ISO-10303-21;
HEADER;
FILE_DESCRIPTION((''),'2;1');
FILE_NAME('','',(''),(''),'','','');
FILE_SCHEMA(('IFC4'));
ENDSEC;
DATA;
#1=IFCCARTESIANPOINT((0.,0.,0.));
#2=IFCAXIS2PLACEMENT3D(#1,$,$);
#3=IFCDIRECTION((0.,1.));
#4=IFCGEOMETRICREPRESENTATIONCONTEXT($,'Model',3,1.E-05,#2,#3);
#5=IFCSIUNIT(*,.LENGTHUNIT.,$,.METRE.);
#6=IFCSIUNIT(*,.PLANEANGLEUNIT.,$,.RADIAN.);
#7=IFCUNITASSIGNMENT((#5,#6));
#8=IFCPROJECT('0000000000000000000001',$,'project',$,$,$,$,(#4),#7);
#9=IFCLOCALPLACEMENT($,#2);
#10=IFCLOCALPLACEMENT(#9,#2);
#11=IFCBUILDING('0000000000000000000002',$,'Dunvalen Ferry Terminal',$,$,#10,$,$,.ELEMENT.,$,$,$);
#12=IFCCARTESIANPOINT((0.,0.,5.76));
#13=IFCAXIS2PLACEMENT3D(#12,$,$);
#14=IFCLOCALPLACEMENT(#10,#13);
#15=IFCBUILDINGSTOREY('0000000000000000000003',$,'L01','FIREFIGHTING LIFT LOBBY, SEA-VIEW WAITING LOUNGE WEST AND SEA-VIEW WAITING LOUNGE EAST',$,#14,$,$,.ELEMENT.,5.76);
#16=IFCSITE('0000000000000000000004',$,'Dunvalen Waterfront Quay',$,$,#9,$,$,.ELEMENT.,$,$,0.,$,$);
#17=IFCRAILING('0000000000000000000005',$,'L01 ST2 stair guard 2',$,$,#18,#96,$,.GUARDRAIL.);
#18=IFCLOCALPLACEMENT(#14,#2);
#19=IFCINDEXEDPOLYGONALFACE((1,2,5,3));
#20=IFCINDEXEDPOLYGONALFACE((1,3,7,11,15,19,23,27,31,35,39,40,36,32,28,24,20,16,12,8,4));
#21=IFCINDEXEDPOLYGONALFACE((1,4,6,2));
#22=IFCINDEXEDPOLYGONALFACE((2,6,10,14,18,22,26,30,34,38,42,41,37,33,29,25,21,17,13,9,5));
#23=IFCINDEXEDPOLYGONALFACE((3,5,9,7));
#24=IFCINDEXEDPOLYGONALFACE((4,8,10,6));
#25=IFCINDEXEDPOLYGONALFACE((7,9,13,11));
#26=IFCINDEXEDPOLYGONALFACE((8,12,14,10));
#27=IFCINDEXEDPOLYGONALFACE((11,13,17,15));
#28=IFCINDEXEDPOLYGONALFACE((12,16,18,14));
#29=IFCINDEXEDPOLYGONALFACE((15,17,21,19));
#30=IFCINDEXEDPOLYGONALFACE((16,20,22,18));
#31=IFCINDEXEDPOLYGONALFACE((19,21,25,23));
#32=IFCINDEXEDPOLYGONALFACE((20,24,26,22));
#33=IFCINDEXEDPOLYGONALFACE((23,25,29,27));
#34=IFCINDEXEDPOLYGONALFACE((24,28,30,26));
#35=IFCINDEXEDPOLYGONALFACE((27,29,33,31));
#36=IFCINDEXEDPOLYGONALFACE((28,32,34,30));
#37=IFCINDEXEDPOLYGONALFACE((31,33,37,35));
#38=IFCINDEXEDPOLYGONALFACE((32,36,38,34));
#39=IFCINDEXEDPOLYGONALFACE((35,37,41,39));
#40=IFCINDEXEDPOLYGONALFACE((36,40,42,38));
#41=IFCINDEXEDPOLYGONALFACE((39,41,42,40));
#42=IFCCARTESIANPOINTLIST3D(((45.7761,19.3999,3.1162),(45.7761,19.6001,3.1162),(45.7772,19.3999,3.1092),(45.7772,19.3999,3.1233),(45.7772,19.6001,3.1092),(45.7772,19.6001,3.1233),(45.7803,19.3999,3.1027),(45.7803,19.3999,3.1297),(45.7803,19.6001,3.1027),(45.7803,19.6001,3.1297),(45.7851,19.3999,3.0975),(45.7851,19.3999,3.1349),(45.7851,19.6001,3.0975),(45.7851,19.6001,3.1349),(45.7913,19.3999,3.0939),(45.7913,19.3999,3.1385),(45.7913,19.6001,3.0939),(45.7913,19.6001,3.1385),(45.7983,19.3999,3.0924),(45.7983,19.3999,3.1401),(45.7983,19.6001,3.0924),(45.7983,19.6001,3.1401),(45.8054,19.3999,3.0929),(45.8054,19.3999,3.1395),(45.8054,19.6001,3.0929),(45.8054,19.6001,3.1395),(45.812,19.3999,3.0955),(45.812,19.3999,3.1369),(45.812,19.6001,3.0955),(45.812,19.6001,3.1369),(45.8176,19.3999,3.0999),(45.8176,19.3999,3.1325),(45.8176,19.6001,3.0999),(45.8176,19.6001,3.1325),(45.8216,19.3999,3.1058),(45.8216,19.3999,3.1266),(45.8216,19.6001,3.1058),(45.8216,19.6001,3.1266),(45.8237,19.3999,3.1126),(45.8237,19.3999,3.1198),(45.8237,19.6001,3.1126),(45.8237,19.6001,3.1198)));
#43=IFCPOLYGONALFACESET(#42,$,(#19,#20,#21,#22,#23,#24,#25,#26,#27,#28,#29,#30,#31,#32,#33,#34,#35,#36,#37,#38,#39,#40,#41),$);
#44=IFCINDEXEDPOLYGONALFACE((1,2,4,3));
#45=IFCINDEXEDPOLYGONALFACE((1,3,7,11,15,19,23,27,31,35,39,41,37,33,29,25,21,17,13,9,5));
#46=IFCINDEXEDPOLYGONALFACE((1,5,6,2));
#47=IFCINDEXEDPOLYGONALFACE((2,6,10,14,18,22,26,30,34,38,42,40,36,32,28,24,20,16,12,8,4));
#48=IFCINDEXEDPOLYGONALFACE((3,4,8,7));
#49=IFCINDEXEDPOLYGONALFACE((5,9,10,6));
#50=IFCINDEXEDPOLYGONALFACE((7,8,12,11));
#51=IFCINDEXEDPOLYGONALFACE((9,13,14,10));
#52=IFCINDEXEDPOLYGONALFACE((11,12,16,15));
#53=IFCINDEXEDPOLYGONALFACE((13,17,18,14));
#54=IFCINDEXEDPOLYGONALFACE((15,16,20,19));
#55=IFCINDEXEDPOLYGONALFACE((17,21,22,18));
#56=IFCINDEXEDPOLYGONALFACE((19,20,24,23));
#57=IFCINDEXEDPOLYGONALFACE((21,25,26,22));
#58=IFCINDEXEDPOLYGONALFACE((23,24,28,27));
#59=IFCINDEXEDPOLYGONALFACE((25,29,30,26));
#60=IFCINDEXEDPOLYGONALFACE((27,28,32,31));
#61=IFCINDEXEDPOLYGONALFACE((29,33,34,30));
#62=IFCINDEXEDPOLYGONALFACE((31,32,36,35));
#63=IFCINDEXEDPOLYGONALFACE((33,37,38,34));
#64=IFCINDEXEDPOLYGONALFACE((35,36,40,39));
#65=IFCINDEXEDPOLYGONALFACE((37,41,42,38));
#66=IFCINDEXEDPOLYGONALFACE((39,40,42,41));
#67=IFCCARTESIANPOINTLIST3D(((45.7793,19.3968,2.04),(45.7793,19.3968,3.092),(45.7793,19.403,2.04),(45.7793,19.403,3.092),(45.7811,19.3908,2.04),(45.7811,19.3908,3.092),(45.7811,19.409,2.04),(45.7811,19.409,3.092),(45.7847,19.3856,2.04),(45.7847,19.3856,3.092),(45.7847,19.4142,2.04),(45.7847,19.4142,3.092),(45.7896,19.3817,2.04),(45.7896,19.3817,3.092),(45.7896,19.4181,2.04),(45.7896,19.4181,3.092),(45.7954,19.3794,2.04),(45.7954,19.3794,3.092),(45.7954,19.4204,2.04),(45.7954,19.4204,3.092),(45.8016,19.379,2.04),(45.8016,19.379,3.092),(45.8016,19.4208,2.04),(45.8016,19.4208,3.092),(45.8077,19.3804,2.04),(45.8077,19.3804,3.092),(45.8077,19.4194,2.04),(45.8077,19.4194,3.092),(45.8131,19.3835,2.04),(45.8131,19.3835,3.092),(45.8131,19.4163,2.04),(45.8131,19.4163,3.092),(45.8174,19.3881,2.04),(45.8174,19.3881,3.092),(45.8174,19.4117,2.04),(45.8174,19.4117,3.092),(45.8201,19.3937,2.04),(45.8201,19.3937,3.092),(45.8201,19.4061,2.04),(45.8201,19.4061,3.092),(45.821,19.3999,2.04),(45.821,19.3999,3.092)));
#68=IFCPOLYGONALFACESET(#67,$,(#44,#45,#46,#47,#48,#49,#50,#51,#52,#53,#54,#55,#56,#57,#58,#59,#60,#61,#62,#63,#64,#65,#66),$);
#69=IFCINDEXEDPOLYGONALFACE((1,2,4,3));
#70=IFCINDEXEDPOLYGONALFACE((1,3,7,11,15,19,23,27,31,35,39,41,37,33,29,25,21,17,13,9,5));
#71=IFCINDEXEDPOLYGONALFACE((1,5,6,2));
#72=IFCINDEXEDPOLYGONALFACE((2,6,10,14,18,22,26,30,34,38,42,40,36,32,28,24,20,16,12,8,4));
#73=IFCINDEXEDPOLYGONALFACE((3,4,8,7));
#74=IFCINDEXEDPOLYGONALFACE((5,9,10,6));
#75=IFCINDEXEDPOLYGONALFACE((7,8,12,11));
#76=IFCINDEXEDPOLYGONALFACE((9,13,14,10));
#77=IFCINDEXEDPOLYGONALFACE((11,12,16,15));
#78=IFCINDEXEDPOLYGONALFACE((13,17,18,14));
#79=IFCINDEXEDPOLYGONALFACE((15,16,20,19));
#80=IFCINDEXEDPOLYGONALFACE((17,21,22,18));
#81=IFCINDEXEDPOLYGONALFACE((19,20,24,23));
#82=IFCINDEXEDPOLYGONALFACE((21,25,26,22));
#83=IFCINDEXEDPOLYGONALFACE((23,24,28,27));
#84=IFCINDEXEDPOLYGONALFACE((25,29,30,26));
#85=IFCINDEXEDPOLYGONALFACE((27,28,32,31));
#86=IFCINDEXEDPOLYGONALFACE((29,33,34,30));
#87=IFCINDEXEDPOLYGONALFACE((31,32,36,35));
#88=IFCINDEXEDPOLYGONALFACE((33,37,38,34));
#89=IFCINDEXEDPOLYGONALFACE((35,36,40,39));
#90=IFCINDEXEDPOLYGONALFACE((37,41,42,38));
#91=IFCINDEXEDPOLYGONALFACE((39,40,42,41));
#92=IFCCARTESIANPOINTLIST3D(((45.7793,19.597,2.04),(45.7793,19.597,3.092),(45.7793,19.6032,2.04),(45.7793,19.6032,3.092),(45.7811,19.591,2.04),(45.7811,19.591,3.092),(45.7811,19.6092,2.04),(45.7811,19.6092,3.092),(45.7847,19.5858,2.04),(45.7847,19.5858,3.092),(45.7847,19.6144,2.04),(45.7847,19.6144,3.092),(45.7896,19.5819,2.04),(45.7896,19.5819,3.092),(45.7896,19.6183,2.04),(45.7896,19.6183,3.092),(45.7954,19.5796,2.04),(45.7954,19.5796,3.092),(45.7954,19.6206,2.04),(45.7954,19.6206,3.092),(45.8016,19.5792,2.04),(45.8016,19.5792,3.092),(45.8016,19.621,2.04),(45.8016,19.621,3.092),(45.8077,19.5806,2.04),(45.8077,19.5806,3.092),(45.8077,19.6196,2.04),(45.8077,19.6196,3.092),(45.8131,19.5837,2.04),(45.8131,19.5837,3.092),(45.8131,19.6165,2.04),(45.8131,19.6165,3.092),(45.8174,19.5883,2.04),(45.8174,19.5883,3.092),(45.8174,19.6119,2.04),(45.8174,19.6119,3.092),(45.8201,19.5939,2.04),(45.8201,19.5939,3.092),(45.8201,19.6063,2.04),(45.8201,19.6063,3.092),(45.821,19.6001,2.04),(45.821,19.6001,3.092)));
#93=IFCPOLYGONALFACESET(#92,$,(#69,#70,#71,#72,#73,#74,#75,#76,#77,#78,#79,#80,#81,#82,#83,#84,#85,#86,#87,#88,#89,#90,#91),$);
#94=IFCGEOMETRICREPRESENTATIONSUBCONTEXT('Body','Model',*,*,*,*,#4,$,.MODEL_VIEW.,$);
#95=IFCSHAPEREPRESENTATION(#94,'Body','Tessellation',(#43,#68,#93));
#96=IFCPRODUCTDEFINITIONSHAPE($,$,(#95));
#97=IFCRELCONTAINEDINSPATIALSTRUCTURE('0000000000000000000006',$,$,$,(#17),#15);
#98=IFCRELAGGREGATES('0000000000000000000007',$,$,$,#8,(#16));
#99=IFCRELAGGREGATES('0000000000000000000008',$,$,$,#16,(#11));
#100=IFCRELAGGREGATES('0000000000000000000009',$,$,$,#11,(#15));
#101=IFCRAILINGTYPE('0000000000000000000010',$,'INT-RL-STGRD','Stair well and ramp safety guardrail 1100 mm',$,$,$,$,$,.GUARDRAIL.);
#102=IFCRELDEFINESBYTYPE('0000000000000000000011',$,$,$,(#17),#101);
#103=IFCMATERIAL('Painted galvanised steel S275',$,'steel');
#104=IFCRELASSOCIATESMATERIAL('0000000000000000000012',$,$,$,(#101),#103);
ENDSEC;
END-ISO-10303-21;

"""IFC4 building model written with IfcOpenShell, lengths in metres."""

from ifc_helpers import new_model, si_unit, direction, frame, origin, origin_2d, place, context, subcontext, project, spatial, circle, extrude, material, type_object, element, save


model = new_model("IFC4")

# Units and contexts
model_context = context("Model", 3, precision=1e-05, world=origin(), true_north=direction((0.0, 1.0)))
body_context = subcontext(model_context, "Body", "Model", "MODEL_VIEW")
ifc_project = project(units=[si_unit("LENGTHUNIT", "METRE"), si_unit("PLANEANGLEUNIT", "RADIAN")], contexts=[model_context])

# Site, building, storey
site_placement = place(None, origin())
site = spatial("IfcSite", under=ifc_project, at=site_placement, Name="Dunvalen Waterfront Quay", CompositionType="ELEMENT", RefElevation=0.0)
building_placement = place(site_placement, origin())
building = spatial("IfcBuilding", under=site, at=building_placement, Name="Dunvalen Ferry Terminal", CompositionType="ELEMENT")
storey_placement = place(building_placement, frame((0.0, 0.0, 5.76)))
storey = spatial("IfcBuildingStorey", under=building, at=storey_placement, Name="L01", Description="FIREFIGHTING LIFT LOBBY, SEA-VIEW WAITING LOUNGE WEST AND SEA-VIEW WAITING LOUNGE EAST", CompositionType="ELEMENT", Elevation=5.76)

# Railing
ifc_material_1 = material(Name="Painted galvanised steel S275", Category="steel")
railing_type_1 = type_object("IfcRailingType", Name="INT-RL-STGRD", Description="Stair well and ramp safety guardrail 1100 mm", PredefinedType="GUARDRAIL", material=ifc_material_1)
railing_1_placement = place(storey_placement, frame((45.8, 19.3999, 2.04)))
element("IfcRailing", 1, at=railing_1_placement, inside=storey, type_object=railing_type_1, Name="L01 ST2 stair guard 2", PredefinedType="GUARDRAIL", context=body_context, shape_type="SweptSolid", body=[
    extrude(circle(Radius=0.0239, at=origin_2d()), frame((0.0, 0.0, 1.0762), z_axis=(0.0, 1.0, 0.0), x_axis=(-1.0, 0.0, 0.0)), (0.0, 0.0, 1.0), 0.2002),
    extrude(circle(Radius=0.021, at=origin_2d()), origin(), (0.0, 0.0, 1.0), 1.052),
    extrude(circle(Radius=0.021, at=origin_2d()), frame((0.0, 0.2002, 0.0)), (0.0, 0.0, 1.0), 1.052),
])

save(model, "model.ifc")
